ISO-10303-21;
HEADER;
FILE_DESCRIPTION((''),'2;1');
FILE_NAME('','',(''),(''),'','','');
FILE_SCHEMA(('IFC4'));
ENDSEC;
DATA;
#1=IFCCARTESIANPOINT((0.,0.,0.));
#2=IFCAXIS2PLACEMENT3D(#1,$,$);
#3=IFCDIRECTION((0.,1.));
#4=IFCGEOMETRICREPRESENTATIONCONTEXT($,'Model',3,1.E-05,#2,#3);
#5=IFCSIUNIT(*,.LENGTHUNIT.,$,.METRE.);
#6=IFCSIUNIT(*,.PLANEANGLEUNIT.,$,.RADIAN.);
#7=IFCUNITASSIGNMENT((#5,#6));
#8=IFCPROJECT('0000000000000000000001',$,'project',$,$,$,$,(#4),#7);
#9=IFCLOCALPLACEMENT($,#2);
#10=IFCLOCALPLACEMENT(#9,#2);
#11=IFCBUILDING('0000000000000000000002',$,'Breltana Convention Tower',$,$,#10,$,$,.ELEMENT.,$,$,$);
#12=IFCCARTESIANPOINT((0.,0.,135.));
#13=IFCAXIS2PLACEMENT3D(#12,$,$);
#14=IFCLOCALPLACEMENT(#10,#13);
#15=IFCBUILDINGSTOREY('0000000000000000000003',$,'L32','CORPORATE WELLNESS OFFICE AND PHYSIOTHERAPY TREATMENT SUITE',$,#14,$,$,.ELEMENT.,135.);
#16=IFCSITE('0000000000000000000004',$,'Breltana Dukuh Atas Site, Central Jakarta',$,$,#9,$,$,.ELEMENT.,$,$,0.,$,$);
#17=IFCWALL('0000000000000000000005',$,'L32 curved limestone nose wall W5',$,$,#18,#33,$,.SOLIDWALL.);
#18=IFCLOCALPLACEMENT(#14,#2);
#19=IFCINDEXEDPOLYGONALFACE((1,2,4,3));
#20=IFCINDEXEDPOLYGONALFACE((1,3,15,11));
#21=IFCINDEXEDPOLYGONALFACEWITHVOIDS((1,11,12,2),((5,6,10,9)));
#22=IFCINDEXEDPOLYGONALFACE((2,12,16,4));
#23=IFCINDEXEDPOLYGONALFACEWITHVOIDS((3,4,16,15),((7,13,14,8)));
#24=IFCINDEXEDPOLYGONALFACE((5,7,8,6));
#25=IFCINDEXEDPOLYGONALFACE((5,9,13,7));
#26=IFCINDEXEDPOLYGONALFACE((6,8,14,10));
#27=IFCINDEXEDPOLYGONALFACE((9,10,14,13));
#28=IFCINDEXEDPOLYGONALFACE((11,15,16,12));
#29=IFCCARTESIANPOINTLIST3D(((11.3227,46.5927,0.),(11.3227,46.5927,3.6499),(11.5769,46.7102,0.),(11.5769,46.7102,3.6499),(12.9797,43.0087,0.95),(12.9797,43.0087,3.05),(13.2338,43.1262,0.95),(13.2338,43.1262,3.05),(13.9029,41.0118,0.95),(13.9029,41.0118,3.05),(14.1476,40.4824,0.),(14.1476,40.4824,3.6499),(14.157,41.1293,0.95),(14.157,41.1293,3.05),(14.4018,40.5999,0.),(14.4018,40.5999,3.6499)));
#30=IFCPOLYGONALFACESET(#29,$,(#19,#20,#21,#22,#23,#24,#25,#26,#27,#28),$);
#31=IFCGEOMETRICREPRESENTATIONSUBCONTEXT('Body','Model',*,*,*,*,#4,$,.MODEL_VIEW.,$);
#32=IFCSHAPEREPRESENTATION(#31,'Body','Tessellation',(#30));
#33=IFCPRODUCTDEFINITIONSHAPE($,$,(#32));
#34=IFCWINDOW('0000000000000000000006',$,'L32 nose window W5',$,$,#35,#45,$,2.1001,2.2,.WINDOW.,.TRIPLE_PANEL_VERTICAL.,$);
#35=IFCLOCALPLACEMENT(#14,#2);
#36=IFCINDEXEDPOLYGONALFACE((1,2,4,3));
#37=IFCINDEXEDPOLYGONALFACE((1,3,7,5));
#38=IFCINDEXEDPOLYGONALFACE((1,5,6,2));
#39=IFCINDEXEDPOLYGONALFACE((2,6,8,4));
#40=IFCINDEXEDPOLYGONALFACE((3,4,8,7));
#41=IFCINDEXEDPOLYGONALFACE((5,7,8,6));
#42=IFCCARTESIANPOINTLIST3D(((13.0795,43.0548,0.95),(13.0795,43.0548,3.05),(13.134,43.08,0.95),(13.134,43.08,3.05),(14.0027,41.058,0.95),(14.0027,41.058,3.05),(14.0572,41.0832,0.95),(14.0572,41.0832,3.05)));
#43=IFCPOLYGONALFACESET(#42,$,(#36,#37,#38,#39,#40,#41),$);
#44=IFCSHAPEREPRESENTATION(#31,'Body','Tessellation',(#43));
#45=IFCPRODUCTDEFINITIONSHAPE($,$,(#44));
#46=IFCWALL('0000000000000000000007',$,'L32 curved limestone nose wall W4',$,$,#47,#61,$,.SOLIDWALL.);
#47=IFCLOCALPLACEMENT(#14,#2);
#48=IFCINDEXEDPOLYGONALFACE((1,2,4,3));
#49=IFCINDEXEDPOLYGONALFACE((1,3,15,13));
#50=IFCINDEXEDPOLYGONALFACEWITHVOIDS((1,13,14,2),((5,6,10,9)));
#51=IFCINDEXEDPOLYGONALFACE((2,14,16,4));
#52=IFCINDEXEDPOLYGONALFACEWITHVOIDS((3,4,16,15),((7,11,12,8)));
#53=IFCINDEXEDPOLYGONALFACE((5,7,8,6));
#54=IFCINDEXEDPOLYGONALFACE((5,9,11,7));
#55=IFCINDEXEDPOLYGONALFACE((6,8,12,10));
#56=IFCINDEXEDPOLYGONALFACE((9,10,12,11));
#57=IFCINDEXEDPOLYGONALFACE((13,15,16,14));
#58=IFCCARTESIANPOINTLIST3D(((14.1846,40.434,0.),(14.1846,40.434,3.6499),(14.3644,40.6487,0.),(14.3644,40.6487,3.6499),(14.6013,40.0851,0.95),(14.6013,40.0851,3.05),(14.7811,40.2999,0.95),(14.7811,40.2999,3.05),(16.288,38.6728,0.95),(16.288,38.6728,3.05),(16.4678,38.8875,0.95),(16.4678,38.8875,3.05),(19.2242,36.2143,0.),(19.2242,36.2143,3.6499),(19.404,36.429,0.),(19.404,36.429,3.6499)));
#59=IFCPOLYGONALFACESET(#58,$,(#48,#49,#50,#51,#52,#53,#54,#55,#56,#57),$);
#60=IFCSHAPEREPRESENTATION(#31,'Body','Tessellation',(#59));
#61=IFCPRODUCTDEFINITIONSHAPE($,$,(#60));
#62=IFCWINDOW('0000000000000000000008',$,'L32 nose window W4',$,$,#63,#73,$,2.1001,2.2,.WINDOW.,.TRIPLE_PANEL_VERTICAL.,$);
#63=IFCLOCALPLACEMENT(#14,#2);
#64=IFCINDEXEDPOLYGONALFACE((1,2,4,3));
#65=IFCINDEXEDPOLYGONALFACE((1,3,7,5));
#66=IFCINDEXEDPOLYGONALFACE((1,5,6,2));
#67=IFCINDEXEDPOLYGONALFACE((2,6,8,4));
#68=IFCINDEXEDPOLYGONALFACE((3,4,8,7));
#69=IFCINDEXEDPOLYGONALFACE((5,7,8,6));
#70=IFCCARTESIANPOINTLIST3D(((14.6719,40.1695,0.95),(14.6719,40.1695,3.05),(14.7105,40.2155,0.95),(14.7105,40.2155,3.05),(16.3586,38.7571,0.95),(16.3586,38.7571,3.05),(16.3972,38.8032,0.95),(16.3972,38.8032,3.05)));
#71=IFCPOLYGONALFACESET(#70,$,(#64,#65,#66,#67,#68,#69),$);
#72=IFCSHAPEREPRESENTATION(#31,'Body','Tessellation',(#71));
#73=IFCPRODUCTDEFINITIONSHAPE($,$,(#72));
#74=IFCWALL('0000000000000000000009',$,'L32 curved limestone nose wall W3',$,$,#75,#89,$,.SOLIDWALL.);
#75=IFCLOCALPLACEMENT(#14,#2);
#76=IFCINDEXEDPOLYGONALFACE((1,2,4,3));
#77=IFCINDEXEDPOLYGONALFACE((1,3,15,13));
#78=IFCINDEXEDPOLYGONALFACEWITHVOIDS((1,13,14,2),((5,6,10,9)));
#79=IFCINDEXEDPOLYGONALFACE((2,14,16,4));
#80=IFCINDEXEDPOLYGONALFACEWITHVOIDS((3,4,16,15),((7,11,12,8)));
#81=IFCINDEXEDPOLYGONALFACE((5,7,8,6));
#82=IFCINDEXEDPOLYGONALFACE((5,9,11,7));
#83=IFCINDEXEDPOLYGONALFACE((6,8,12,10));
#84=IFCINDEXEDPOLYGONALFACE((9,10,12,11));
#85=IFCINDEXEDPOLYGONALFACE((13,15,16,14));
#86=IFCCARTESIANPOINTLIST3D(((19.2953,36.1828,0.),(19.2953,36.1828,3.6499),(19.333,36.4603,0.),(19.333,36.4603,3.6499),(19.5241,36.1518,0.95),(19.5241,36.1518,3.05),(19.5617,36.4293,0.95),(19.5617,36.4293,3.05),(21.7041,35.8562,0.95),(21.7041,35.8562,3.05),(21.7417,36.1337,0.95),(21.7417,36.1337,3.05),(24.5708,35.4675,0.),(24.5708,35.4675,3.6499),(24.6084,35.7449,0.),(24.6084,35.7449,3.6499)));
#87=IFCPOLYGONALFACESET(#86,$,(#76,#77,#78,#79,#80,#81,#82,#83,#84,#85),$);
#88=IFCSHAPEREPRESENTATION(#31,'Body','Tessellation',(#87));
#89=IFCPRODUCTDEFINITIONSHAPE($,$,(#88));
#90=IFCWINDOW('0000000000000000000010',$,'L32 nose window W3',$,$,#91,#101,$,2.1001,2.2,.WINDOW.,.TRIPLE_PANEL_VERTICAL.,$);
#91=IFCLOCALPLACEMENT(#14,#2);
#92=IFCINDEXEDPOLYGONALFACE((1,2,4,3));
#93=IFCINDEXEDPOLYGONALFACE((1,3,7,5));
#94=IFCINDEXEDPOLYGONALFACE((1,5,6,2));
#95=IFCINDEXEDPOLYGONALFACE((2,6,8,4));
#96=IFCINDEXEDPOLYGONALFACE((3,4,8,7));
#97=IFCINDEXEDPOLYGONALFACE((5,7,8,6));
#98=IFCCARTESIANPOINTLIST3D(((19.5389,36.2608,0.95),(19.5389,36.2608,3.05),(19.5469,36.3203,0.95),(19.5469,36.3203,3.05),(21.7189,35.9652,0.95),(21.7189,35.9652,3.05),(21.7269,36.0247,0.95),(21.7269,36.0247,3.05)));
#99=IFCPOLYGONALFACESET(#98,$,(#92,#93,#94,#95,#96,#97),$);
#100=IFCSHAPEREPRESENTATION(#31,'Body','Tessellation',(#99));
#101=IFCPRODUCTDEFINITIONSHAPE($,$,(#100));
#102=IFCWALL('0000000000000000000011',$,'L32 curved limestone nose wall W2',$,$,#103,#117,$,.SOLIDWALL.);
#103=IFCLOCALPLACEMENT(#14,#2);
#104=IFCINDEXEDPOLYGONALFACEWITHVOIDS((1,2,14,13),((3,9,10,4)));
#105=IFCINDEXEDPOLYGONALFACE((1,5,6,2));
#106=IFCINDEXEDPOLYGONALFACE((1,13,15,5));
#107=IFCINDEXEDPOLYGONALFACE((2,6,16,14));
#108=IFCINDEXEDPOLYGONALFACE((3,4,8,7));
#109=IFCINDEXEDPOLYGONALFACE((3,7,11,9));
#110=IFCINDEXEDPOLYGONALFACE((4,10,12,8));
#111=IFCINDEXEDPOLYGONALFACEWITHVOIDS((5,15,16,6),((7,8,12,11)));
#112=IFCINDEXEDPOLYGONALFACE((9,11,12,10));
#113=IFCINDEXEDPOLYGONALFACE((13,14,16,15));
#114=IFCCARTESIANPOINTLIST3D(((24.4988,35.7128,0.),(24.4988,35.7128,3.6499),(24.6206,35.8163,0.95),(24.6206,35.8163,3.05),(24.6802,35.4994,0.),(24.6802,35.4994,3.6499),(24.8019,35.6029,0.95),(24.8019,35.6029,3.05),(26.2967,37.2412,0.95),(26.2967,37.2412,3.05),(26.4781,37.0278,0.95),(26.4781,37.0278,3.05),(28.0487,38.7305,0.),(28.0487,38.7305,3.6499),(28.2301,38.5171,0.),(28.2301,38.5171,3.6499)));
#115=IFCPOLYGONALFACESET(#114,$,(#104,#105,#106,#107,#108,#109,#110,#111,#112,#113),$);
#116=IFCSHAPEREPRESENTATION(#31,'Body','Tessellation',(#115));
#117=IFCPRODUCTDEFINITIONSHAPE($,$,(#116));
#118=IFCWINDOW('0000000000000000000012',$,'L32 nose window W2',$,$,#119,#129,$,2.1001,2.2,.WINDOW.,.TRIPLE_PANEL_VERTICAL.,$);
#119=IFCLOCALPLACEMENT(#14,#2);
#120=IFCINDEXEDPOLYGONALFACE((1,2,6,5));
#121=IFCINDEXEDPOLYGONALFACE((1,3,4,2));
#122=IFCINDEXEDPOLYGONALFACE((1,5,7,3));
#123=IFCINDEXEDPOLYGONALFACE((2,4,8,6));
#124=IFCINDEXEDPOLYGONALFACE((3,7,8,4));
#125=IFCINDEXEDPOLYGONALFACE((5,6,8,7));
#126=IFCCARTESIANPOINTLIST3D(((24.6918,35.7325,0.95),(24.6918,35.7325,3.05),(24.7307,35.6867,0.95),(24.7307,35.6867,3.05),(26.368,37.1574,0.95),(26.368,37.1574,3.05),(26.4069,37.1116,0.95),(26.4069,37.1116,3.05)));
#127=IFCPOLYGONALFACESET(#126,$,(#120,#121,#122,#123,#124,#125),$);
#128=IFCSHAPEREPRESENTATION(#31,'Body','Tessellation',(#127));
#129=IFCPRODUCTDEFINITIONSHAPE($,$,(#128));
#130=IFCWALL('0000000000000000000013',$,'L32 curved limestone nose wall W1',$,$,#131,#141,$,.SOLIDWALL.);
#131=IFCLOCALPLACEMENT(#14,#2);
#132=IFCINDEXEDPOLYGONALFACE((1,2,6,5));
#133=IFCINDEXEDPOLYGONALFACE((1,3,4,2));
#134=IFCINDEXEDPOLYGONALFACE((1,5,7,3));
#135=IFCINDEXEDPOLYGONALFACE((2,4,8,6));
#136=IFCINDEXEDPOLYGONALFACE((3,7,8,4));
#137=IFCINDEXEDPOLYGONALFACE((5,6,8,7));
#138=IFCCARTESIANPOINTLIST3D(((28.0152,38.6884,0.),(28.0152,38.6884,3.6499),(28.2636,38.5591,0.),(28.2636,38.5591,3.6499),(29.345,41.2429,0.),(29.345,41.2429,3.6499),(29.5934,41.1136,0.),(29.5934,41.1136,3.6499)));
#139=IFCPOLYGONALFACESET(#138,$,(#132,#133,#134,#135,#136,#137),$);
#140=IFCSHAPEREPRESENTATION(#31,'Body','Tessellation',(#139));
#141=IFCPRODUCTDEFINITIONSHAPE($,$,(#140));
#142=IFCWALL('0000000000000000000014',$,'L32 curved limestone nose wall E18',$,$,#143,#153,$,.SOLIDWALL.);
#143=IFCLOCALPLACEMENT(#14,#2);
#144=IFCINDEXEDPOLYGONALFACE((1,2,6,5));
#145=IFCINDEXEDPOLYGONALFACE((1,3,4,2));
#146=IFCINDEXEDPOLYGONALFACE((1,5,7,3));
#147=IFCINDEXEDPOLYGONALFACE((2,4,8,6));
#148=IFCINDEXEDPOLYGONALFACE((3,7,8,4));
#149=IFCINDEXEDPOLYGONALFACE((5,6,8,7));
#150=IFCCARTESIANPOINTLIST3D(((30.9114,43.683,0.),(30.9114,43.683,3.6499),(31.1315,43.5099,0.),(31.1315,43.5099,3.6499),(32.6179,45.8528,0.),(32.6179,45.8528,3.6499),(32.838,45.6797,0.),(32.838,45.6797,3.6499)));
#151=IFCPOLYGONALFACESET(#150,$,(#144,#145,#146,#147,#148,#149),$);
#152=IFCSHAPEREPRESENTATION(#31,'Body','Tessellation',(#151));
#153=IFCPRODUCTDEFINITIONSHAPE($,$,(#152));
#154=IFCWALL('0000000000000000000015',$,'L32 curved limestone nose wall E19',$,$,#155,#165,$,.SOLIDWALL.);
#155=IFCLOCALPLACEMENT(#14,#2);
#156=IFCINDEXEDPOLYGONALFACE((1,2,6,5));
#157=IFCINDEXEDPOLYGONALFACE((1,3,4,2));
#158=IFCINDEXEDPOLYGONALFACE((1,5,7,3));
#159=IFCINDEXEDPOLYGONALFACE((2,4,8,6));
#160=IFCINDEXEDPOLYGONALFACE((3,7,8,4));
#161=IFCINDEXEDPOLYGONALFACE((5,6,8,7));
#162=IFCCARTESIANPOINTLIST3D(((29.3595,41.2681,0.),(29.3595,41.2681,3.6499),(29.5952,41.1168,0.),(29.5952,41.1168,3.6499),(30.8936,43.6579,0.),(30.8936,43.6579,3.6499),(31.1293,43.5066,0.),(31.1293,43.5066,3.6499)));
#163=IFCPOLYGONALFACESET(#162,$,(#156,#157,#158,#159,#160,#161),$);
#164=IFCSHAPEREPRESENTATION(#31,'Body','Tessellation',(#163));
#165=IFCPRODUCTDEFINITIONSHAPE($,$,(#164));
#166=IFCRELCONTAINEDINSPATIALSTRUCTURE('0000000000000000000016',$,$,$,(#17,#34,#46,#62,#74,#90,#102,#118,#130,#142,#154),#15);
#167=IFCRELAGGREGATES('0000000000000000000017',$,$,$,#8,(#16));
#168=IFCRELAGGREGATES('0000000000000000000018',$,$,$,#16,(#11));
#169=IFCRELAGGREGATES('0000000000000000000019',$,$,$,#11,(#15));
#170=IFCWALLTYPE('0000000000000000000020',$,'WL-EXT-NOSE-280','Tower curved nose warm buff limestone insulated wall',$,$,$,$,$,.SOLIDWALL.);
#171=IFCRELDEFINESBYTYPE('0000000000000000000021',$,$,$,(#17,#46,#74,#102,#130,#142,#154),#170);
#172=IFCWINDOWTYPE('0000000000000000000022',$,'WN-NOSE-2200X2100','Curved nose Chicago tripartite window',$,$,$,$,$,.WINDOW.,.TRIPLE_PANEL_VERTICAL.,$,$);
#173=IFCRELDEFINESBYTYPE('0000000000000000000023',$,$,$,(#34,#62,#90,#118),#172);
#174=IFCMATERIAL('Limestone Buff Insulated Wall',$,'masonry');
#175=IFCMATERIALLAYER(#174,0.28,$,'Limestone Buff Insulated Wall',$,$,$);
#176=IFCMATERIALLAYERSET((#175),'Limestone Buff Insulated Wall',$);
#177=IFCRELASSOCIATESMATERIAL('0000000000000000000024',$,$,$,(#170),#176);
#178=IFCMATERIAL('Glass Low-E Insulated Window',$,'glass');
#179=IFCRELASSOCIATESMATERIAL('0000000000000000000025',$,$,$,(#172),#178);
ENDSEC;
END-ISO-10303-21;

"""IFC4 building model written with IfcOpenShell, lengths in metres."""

from ifc_helpers import new_model, si_unit, direction, frame, frame_2d, origin, place, context, subcontext, project, spatial, rectangle, extrude, source, transform, mapped, material, layer, layer_set, type_object, type_shapes, element, fill, save


model = new_model("IFC4")

# Units and contexts
model_context = context("Model", 3, precision=1e-05, world=origin(), true_north=direction((0.0, 1.0)))
body_context = subcontext(model_context, "Body", "Model", "MODEL_VIEW")
ifc_project = project(units=[si_unit("LENGTHUNIT", "METRE"), si_unit("PLANEANGLEUNIT", "RADIAN")], contexts=[model_context])

# Site, building, storey
site_placement = place(None, origin())
site = spatial("IfcSite", under=ifc_project, at=site_placement, Name="Breltana Dukuh Atas Site, Central Jakarta", CompositionType="ELEMENT", RefElevation=0.0)
building_placement = place(site_placement, origin())
building = spatial("IfcBuilding", under=site, at=building_placement, Name="Breltana Convention Tower", CompositionType="ELEMENT")
storey_placement = place(building_placement, frame((0.0, 0.0, 135.0)))
storey = spatial("IfcBuildingStorey", under=building, at=storey_placement, Name="L32", Description="CORPORATE WELLNESS OFFICE AND PHYSIOTHERAPY TREATMENT SUITE", CompositionType="ELEMENT", Elevation=135.0)

# Walls, openings, windows
ifc_material_1 = material(Name="Limestone Buff Insulated Wall", Category="masonry")
ifc_layer_1 = layer(ifc_material_1, 0.28, Name="Limestone Buff Insulated Wall")
ifc_layer_set_1 = layer_set([ifc_layer_1], Name="Limestone Buff Insulated Wall")
wall_type_1 = type_object("IfcWallType", Name="WL-EXT-NOSE-280", Description="Tower curved nose warm buff limestone insulated wall", PredefinedType="SOLIDWALL", material=ifc_layer_set_1)
shared_shape_1 = source(origin(), body_context, "Body", "SweptSolid", [
    extrude(rectangle(XDim=6.7317, YDim=0.28, at=frame_2d((3.3657, 0.0))), origin(), (0.0, 0.0, 1.0), 3.6499),
])
wall_1_placement = place(storey_placement, frame((14.2747, 40.5413, 0.0), z_axis=(0.0, 0.0, 1.0), x_axis=(-0.419645, 0.907689, 0.0)))
wall_1 = element("IfcWall", 1, at=wall_1_placement, inside=storey, type_object=wall_type_1, Name="L32 curved limestone nose wall W5", PredefinedType="SOLIDWALL", context=body_context, shape_type="MappedRepresentation", body=[
    mapped(shared_shape_1, transform((0.0, 0.0, 0.0), scale=1.0)),
])
opening_1_placement = place(wall_1_placement, frame((0.583, 0.0, 0.95)))
opening_1 = element("IfcOpeningElement", 2, at=opening_1_placement, cuts=wall_1, PredefinedType="OPENING", context=body_context, shape_type="SweptSolid", body=[
    extrude(rectangle(XDim=2.2, YDim=2.1001, at=frame_2d((1.1001, 1.05))), frame((0.0, 0.1499, 0.0), z_axis=(0.0, -1.0, 0.0), x_axis=(1.0, 0.0, 0.0)), (0.0, 0.0, 1.0), 0.3),
])
ifc_material_2 = material(Name="Glass Low-E Insulated Window", Category="glass")
window_type = type_object("IfcWindowType", Name="WN-NOSE-2200X2100", Description="Curved nose Chicago tripartite window", PartitioningType="TRIPLE_PANEL_VERTICAL", PredefinedType="WINDOW", material=ifc_material_2)
shared_shape_2 = source(origin(), body_context, "Body", "SweptSolid", [
    extrude(rectangle(XDim=2.2, YDim=2.1001, at=frame_2d((1.1001, 1.05))), frame((0.0, 0.03, 0.0), z_axis=(0.0, -1.0, 0.0), x_axis=(1.0, 0.0, 0.0)), (0.0, 0.0, 1.0), 0.0601),
])
type_shapes(window_type, [shared_shape_2])
window_1_placement = place(opening_1_placement, origin())
window_1 = element("IfcWindow", 3, at=window_1_placement, inside=storey, type_object=window_type, Name="L32 nose window W5", OverallHeight=2.1001, OverallWidth=2.2, PartitioningType="TRIPLE_PANEL_VERTICAL", PredefinedType="WINDOW", context=body_context, shape_type="MappedRepresentation", body=[
    mapped(shared_shape_2, transform((0.0, 0.0, 0.0), scale=1.0)),
])
fill(opening_1, window_1)
shared_shape_3 = source(origin(), body_context, "Body", "SweptSolid", [
    extrude(rectangle(XDim=6.573, YDim=0.28, at=frame_2d((3.2866, 0.0))), origin(), (0.0, 0.0, 1.0), 3.6499),
])
wall_2_placement = place(storey_placement, frame((19.3142, 36.3215, 0.0), z_axis=(0.0, 0.0, 1.0), x_axis=(-0.766715, 0.641987, 0.0)))
wall_2 = element("IfcWall", 4, at=wall_2_placement, inside=storey, type_object=wall_type_1, Name="L32 curved limestone nose wall W4", PredefinedType="SOLIDWALL", context=body_context, shape_type="MappedRepresentation", body=[
    mapped(shared_shape_3, transform((0.0, 0.0, 0.0), scale=1.0)),
])
opening_2_placement = place(wall_2_placement, frame((3.8296, 0.0, 0.95)))
opening_2 = element("IfcOpeningElement", 5, at=opening_2_placement, cuts=wall_2, PredefinedType="OPENING", context=body_context, shape_type="SweptSolid", body=[
    extrude(rectangle(XDim=2.2, YDim=2.1001, at=frame_2d((1.1001, 1.05))), frame((0.0, 0.1499, 0.0), z_axis=(0.0, -1.0, 0.0), x_axis=(1.0, 0.0, 0.0)), (0.0, 0.0, 1.0), 0.3),
])
window_2_placement = place(opening_2_placement, origin())
window_2 = element("IfcWindow", 6, at=window_2_placement, inside=storey, type_object=window_type, Name="L32 nose window W4", OverallHeight=2.1001, OverallWidth=2.2, PartitioningType="TRIPLE_PANEL_VERTICAL", PredefinedType="WINDOW", context=body_context, shape_type="MappedRepresentation", body=[
    mapped(shared_shape_2, transform((0.0, 0.0, 0.0), scale=1.0)),
])
fill(opening_2, window_2)
shared_shape_4 = source(origin(), body_context, "Body", "SweptSolid", [
    extrude(rectangle(XDim=5.3237, YDim=0.28, at=frame_2d((2.6619, 0.0))), origin(), (0.0, 0.0, 1.0), 3.6499),
])
wall_3_placement = place(storey_placement, frame((24.5896, 35.6062, 0.0), z_axis=(0.0, 0.0, 1.0), x_axis=(-0.990931, 0.134368, 0.0)))
wall_3 = element("IfcWall", 7, at=wall_3_placement, inside=storey, type_object=wall_type_1, Name="L32 curved limestone nose wall W3", PredefinedType="SOLIDWALL", context=body_context, shape_type="MappedRepresentation", body=[
    mapped(shared_shape_4, transform((0.0, 0.0, 0.0), scale=1.0)),
])
opening_3_placement = place(wall_3_placement, frame((2.8928, 0.0, 0.95)))
opening_3 = element("IfcOpeningElement", 8, at=opening_3_placement, cuts=wall_3, PredefinedType="OPENING", context=body_context, shape_type="SweptSolid", body=[
    extrude(rectangle(XDim=2.2, YDim=2.1001, at=frame_2d((1.1001, 1.05))), frame((0.0, 0.1499, 0.0), z_axis=(0.0, -1.0, 0.0), x_axis=(1.0, 0.0, 0.0)), (0.0, 0.0, 1.0), 0.3),
])
window_3_placement = place(opening_3_placement, origin())
window_3 = element("IfcWindow", 9, at=window_3_placement, inside=storey, type_object=window_type, Name="L32 nose window W3", OverallHeight=2.1001, OverallWidth=2.2, PartitioningType="TRIPLE_PANEL_VERTICAL", PredefinedType="WINDOW", context=body_context, shape_type="MappedRepresentation", body=[
    mapped(shared_shape_2, transform((0.0, 0.0, 0.0), scale=1.0)),
])
fill(opening_3, window_3)
shared_shape_5 = source(origin(), body_context, "Body", "SweptSolid", [
    extrude(rectangle(XDim=4.6592, YDim=0.28, at=frame_2d((2.3296, 0.0))), origin(), (0.0, 0.0, 1.0), 3.6499),
])
wall_4_placement = place(storey_placement, frame((28.1394, 38.6238, 0.0), z_axis=(0.0, 0.0, 1.0), x_axis=(-0.761913, -0.647679, 0.0)))
wall_4 = element("IfcWall", 10, at=wall_4_placement, inside=storey, type_object=wall_type_1, Name="L32 curved limestone nose wall W2", PredefinedType="SOLIDWALL", context=body_context, shape_type="MappedRepresentation", body=[
    mapped(shared_shape_5, transform((0.0, 0.0, 0.0), scale=1.0)),
])
opening_4_placement = place(wall_4_placement, frame((2.2993, 0.0, 0.95)))
opening_4 = element("IfcOpeningElement", 11, at=opening_4_placement, cuts=wall_4, PredefinedType="OPENING", context=body_context, shape_type="SweptSolid", body=[
    extrude(rectangle(XDim=2.2, YDim=2.1001, at=frame_2d((1.1001, 1.05))), frame((0.0, 0.1499, 0.0), z_axis=(0.0, -1.0, 0.0), x_axis=(1.0, 0.0, 0.0)), (0.0, 0.0, 1.0), 0.3),
])
window_4_placement = place(opening_4_placement, origin())
window_4 = element("IfcWindow", 12, at=window_4_placement, inside=storey, type_object=window_type, Name="L32 nose window W2", OverallHeight=2.1001, OverallWidth=2.2, PartitioningType="TRIPLE_PANEL_VERTICAL", PredefinedType="WINDOW", context=body_context, shape_type="MappedRepresentation", body=[
    mapped(shared_shape_2, transform((0.0, 0.0, 0.0), scale=1.0)),
])
fill(opening_4, window_4)

# Walls
shared_shape_6 = source(origin(), body_context, "Body", "SweptSolid", [
    extrude(rectangle(XDim=2.8799, YDim=0.28, at=frame_2d((1.4399, 0.0))), origin(), (0.0, 0.0, 1.0), 3.6499),
])
wall_5_placement = place(storey_placement, frame((29.4692, 41.1782, 0.0), z_axis=(0.0, 0.0, 1.0), x_axis=(-0.461769, -0.887, 0.0)))
element("IfcWall", 13, at=wall_5_placement, inside=storey, type_object=wall_type_1, Name="L32 curved limestone nose wall W1", PredefinedType="SOLIDWALL", context=body_context, shape_type="MappedRepresentation", body=[
    mapped(shared_shape_6, transform((0.0, 0.0, 0.0), scale=1.0)),
])
shared_shape_7 = source(origin(), body_context, "Body", "SweptSolid", [
    extrude(rectangle(XDim=2.7605, YDim=0.28, at=frame_2d((1.3804, 0.0))), origin(), (0.0, 0.0, 1.0), 3.6499),
])
wall_6_placement = place(storey_placement, frame((32.728, 45.7664, 0.0), z_axis=(0.0, 0.0, 1.0), x_axis=(-0.618181, -0.786036, 0.0)))
element("IfcWall", 14, at=wall_6_placement, inside=storey, type_object=wall_type_1, Name="L32 curved limestone nose wall E18", PredefinedType="SOLIDWALL", context=body_context, shape_type="MappedRepresentation", body=[
    mapped(shared_shape_7, transform((0.0, 0.0, 0.0), scale=1.0)),
])
shared_shape_8 = source(origin(), body_context, "Body", "SweptSolid", [
    extrude(rectangle(XDim=2.8398, YDim=0.28, at=frame_2d((1.4199, 0.0))), origin(), (0.0, 0.0, 1.0), 3.6499),
])
wall_7_placement = place(storey_placement, frame((31.0115, 43.5823, 0.0), z_axis=(0.0, 0.0, 1.0), x_axis=(-0.540214, -0.841527, 0.0)))
element("IfcWall", 15, at=wall_7_placement, inside=storey, type_object=wall_type_1, Name="L32 curved limestone nose wall E19", PredefinedType="SOLIDWALL", context=body_context, shape_type="MappedRepresentation", body=[
    mapped(shared_shape_8, transform((0.0, 0.0, 0.0), scale=1.0)),
])

save(model, "model.ifc")
